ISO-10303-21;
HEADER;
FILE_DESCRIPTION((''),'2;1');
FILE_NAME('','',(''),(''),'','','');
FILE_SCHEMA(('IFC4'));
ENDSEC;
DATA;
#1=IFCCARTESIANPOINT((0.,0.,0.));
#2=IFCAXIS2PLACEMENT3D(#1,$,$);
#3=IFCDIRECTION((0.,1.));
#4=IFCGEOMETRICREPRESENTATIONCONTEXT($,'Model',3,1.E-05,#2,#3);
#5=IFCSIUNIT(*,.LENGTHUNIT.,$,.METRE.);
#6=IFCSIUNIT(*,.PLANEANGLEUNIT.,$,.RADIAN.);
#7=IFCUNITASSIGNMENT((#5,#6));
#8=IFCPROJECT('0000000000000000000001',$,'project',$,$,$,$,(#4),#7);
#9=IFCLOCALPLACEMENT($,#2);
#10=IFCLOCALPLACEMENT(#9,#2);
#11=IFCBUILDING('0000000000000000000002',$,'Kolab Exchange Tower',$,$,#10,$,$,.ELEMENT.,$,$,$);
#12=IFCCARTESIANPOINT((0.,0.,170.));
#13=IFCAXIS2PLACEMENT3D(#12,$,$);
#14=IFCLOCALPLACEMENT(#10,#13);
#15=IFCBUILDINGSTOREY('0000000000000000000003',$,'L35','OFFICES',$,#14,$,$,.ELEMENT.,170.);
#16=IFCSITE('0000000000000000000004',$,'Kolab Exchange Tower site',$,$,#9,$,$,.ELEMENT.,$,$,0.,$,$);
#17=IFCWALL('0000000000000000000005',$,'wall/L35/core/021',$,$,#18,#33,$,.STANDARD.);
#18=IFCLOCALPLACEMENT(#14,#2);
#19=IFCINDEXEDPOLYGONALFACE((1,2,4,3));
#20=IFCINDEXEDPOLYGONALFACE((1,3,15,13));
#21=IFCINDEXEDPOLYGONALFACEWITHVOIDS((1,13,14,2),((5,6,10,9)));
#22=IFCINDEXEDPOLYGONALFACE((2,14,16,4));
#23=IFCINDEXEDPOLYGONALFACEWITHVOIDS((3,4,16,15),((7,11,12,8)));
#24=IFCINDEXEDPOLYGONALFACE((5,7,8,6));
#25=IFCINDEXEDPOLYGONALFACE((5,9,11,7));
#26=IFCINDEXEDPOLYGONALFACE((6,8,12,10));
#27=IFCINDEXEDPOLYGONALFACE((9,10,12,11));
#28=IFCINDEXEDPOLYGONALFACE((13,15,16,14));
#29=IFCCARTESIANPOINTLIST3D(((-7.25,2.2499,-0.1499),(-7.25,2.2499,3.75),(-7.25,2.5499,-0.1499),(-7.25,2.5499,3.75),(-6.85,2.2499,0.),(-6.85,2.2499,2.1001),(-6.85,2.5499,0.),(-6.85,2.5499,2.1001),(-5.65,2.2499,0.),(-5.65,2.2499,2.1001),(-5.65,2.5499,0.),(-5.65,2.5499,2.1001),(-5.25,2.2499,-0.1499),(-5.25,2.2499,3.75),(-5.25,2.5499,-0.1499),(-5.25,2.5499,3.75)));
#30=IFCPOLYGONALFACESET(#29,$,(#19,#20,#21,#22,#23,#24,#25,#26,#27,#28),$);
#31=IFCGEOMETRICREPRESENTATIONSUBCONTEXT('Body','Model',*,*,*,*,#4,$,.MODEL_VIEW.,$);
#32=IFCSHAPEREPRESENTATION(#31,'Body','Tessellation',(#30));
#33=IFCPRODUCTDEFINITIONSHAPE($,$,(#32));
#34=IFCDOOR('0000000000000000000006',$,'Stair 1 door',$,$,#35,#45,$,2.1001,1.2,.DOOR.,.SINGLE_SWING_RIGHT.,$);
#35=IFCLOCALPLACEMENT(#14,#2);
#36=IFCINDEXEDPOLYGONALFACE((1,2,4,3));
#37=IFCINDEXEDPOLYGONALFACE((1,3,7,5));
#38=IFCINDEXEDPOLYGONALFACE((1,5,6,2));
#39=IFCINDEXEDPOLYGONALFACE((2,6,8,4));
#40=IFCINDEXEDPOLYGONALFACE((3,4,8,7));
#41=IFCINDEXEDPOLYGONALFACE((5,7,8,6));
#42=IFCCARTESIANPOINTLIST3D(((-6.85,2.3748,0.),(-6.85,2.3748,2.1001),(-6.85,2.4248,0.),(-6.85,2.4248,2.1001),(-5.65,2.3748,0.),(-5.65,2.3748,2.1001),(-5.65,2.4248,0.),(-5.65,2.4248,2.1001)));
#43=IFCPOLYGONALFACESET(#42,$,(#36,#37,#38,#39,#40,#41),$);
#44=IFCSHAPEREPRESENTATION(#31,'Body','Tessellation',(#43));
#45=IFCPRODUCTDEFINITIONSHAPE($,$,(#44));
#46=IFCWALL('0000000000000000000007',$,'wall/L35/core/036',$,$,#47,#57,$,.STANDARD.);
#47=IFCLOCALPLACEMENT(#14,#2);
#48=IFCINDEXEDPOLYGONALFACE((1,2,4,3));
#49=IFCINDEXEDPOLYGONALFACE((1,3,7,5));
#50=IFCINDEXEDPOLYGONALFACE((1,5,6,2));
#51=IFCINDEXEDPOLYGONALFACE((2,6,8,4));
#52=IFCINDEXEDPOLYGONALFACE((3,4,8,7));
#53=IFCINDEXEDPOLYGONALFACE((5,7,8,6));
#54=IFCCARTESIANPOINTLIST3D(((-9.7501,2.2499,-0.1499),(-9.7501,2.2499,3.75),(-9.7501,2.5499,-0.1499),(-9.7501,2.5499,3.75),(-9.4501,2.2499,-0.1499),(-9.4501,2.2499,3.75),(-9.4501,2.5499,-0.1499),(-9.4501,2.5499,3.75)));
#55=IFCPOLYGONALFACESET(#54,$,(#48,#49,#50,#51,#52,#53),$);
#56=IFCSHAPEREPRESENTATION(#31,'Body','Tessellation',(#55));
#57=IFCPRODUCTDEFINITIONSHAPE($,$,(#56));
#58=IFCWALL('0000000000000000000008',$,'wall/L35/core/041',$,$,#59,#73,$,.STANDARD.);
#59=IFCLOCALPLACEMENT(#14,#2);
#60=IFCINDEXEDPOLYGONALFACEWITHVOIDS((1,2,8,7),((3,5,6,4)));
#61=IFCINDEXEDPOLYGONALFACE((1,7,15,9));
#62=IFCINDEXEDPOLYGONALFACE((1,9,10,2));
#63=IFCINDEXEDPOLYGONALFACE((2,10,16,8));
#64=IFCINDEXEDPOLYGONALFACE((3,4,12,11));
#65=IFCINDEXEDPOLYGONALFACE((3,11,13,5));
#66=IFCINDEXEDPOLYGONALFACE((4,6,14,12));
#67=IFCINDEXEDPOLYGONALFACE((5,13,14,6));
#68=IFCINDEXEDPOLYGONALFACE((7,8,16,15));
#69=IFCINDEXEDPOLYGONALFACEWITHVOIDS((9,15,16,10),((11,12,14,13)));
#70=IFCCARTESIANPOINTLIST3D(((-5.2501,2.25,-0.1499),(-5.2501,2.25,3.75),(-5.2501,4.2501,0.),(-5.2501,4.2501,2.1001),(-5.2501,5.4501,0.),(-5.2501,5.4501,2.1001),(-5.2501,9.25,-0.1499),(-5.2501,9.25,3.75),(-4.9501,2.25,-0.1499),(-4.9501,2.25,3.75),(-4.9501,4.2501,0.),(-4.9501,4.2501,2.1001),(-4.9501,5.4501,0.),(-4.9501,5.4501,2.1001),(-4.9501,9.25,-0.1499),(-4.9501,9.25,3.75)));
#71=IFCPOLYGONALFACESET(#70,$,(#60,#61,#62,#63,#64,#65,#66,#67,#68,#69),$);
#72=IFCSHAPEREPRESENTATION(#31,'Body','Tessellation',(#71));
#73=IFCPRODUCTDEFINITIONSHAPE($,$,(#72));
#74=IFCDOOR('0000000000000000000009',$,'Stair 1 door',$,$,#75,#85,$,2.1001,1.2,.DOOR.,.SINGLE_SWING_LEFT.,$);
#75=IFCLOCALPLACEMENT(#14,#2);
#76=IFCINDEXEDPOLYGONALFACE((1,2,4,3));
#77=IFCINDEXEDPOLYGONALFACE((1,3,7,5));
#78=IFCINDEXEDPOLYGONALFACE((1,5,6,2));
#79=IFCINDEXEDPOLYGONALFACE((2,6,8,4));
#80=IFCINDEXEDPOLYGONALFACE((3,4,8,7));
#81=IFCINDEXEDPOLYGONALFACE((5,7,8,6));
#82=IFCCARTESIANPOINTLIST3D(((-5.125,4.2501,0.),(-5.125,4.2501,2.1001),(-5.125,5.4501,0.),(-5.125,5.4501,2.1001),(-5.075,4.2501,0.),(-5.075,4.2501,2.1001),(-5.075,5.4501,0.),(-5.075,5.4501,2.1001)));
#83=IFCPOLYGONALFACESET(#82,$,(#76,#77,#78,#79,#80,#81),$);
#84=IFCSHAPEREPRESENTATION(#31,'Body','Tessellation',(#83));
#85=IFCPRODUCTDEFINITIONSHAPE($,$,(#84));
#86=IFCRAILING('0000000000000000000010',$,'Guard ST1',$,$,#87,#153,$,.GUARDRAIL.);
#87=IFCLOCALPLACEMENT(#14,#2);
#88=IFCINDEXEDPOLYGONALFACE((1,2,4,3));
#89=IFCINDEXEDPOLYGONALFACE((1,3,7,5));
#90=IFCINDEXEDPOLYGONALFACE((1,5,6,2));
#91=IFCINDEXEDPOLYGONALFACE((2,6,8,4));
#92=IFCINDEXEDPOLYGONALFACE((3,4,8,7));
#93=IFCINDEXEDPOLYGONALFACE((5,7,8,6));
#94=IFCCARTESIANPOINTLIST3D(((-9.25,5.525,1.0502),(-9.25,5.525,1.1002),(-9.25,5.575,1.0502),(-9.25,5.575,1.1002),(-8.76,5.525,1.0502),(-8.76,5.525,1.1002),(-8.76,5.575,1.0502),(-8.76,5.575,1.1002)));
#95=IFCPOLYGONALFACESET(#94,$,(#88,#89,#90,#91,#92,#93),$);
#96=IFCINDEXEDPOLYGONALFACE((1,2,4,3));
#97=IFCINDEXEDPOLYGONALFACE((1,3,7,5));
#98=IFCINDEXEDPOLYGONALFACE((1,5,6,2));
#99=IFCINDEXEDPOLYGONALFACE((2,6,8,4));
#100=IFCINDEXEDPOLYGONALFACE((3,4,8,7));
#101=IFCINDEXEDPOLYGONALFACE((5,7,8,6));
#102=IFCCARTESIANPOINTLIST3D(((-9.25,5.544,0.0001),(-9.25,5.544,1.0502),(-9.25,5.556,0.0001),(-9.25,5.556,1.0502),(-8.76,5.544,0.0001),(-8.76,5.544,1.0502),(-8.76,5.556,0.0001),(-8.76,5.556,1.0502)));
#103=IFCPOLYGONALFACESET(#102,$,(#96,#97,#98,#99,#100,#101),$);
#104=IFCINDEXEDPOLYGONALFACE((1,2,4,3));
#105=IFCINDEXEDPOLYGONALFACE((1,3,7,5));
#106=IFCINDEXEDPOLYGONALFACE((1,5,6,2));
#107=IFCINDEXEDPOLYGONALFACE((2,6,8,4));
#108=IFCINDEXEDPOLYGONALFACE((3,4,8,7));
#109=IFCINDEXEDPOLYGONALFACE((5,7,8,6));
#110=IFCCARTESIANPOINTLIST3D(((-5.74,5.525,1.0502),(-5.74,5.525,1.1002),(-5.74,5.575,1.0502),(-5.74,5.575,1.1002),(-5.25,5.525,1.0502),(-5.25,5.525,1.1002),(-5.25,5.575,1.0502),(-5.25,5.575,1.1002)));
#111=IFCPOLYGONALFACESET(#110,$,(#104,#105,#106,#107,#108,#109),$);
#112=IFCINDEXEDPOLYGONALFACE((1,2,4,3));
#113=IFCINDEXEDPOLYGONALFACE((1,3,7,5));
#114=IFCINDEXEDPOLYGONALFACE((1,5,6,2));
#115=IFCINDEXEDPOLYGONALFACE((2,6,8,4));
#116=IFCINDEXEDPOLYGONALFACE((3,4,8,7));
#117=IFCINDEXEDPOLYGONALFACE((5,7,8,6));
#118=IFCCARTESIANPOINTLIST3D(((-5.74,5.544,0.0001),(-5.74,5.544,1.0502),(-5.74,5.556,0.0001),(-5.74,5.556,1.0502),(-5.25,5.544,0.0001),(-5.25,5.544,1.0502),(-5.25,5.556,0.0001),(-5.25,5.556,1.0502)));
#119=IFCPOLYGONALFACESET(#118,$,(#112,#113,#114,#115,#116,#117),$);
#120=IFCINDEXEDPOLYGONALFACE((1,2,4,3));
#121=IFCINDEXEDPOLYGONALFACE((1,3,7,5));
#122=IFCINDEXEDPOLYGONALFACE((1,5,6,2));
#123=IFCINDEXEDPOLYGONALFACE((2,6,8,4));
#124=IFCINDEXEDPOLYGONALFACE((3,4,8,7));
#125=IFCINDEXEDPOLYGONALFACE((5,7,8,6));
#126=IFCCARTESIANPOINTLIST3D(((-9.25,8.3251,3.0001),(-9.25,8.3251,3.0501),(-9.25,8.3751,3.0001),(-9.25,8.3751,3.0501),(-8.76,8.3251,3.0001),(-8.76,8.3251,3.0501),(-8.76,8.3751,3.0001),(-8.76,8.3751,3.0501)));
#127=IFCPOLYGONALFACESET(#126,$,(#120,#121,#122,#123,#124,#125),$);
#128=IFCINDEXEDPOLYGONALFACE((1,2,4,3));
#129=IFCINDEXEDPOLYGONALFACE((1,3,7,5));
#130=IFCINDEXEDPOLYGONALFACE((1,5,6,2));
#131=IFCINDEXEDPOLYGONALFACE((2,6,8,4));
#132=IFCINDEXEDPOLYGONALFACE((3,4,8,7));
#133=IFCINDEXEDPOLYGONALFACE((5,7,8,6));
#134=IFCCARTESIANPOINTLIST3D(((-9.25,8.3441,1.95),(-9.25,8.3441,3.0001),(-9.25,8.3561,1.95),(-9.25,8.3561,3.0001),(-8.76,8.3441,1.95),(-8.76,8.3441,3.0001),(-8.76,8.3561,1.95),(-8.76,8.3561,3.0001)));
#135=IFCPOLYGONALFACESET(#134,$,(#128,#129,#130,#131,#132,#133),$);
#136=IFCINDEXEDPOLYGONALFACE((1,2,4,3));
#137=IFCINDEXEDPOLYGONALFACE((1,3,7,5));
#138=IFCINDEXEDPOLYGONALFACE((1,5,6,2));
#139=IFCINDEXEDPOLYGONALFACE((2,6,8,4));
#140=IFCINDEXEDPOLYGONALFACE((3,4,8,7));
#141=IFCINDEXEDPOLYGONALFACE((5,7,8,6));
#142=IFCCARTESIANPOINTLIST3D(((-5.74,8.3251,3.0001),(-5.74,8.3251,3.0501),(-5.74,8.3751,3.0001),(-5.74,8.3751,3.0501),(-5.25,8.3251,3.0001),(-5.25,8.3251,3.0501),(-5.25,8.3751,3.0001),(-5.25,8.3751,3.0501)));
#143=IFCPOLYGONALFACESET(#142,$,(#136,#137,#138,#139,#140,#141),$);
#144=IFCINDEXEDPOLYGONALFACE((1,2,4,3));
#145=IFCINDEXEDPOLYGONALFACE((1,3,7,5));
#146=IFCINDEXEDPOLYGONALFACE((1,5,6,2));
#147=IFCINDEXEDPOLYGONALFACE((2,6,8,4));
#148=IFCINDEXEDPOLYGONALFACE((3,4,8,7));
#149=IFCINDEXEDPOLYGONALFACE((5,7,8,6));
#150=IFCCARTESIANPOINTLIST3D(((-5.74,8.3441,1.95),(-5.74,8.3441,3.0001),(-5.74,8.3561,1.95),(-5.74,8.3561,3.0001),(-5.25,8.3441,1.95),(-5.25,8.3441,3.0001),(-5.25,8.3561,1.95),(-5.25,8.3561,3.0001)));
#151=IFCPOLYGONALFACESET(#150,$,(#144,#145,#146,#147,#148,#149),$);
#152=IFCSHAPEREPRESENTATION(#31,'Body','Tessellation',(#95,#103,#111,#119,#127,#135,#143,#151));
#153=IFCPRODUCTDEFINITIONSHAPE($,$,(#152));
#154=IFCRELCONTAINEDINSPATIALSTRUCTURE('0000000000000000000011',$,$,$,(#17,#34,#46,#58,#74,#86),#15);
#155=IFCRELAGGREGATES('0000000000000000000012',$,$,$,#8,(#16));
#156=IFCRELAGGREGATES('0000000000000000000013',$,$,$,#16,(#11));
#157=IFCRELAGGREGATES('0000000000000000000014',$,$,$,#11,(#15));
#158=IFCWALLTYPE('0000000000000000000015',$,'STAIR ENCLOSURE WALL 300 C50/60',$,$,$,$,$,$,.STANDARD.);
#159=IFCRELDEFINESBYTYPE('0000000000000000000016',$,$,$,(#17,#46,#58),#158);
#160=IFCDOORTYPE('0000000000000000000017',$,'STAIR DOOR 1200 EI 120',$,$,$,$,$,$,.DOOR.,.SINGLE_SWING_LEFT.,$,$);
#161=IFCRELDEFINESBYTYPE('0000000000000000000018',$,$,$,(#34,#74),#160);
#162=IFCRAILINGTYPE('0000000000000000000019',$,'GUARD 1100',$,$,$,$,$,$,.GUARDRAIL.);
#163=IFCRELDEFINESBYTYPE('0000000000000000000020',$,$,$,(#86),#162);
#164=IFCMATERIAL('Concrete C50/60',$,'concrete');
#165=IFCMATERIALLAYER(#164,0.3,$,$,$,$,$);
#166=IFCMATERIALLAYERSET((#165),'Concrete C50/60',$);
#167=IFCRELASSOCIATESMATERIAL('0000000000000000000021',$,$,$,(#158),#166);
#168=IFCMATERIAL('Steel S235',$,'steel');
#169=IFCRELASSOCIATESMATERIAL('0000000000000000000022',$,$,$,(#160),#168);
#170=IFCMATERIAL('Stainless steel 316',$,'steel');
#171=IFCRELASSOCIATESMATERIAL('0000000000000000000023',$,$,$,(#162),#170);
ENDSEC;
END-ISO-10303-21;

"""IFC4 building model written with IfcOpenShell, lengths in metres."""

from ifc_helpers import new_model, si_unit, direction, frame, frame_2d, origin, origin_2d, place, context, subcontext, project, spatial, rectangle, extrude, material, layer, layer_set, type_object, element, fill, save


model = new_model("IFC4")

# Units and contexts
model_context = context("Model", 3, precision=1e-05, world=origin(), true_north=direction((0.0, 1.0)))
body_context = subcontext(model_context, "Body", "Model", "MODEL_VIEW")
ifc_project = project(units=[si_unit("LENGTHUNIT", "METRE"), si_unit("PLANEANGLEUNIT", "RADIAN")], contexts=[model_context])

# Site, building, storey
site_placement = place(None, origin())
site = spatial("IfcSite", under=ifc_project, at=site_placement, Name="Kolab Exchange Tower site", CompositionType="ELEMENT", RefElevation=0.0)
building_placement = place(site_placement, origin())
building = spatial("IfcBuilding", under=site, at=building_placement, Name="Kolab Exchange Tower", CompositionType="ELEMENT")
storey_placement = place(building_placement, frame((0.0, 0.0, 170.0)))
storey = spatial("IfcBuildingStorey", under=building, at=storey_placement, Name="L35", Description="OFFICES", CompositionType="ELEMENT", Elevation=170.0)

# Shared definitions
ifc_material_1 = material(Name="Concrete C50/60", Category="concrete")

# Shared definitions
ifc_material_2 = material(Name="Stainless steel 316", Category="steel")
ifc_material_3 = material(Name="Steel S235", Category="steel")

# Shared definitions
ifc_layer_1 = layer(ifc_material_1, 0.3)
ifc_layer_set_1 = layer_set([ifc_layer_1], Name="Concrete C50/60")
wall_type_1 = type_object("IfcWallType", Name="STAIR ENCLOSURE WALL 300 C50/60", PredefinedType="STANDARD", material=ifc_layer_set_1)

# Wall, opening, door
wall_1_placement = place(storey_placement, frame((-7.25, 2.3999, -0.1499), z_axis=(0.0, 0.0, 1.0), x_axis=(1.0, 0.0, 0.0)))
wall_1 = element("IfcWall", 1, at=wall_1_placement, inside=storey, type_object=wall_type_1, Name="wall/L35/core/021", PredefinedType="STANDARD", context=body_context, shape_type="SweptSolid", body=[
    extrude(rectangle(XDim=2.0, YDim=0.3, at=frame_2d((1.0, 0.0))), origin(), (0.0, 0.0, 1.0), 3.8999),
])
opening_1_placement = place(wall_1_placement, frame((0.3999, 0.0, 0.1499)))
opening_1 = element("IfcOpeningElement", 2, at=opening_1_placement, cuts=wall_1, PredefinedType="OPENING", context=body_context, shape_type="SweptSolid", body=[
    extrude(rectangle(XDim=1.2, YDim=2.1001, at=frame_2d((0.6001, 1.05))), frame((0.0, 0.1602, 0.0), z_axis=(0.0, -1.0, 0.0), x_axis=(1.0, 0.0, 0.0)), (0.0, 0.0, 1.0), 0.3201),
])
door_type_1 = type_object("IfcDoorType", Name="STAIR DOOR 1200 EI 120", OperationType="SINGLE_SWING_LEFT", PredefinedType="DOOR", material=ifc_material_3)
door_1_placement = place(opening_1_placement, origin())
door_1 = element("IfcDoor", 3, at=door_1_placement, inside=storey, type_object=door_type_1, Name="Stair 1 door", OperationType="SINGLE_SWING_RIGHT", OverallHeight=2.1001, OverallWidth=1.2, PredefinedType="DOOR", context=body_context, shape_type="SweptSolid", body=[
    extrude(rectangle(XDim=1.2, YDim=2.1001, at=frame_2d((0.6001, 1.05))), frame((0.0, 0.0249, 0.0), z_axis=(0.0, -1.0, 0.0), x_axis=(1.0, 0.0, 0.0)), (0.0, 0.0, 1.0), 0.05),
])
fill(opening_1, door_1)

# Wall
wall_2_placement = place(storey_placement, frame((-9.6001, 2.25, -0.1499), z_axis=(0.0, 0.0, 1.0), x_axis=(0.0, 1.0, 0.0)))
element("IfcWall", 4, at=wall_2_placement, inside=storey, type_object=wall_type_1, Name="wall/L35/core/036", PredefinedType="STANDARD", context=body_context, shape_type="SweptSolid", body=[
    extrude(rectangle(XDim=0.3, YDim=0.3, at=frame_2d((0.1499, 0.0))), origin(), (0.0, 0.0, 1.0), 3.8999),
])

# Wall, opening, door
wall_3_placement = place(storey_placement, frame((-5.1001, 2.25, -0.1499), z_axis=(0.0, 0.0, 1.0), x_axis=(0.0, 1.0, 0.0)))
wall_3 = element("IfcWall", 5, at=wall_3_placement, inside=storey, type_object=wall_type_1, Name="wall/L35/core/041", PredefinedType="STANDARD", context=body_context, shape_type="SweptSolid", body=[
    extrude(rectangle(XDim=7.0, YDim=0.3, at=frame_2d((3.5, 0.0))), origin(), (0.0, 0.0, 1.0), 3.8999),
])
opening_2_placement = place(wall_3_placement, frame((2.0, 0.0, 0.1499)))
opening_2 = element("IfcOpeningElement", 6, at=opening_2_placement, cuts=wall_3, PredefinedType="OPENING", context=body_context, shape_type="SweptSolid", body=[
    extrude(rectangle(XDim=1.2, YDim=2.1001, at=frame_2d((0.6001, 1.05))), frame((0.0, 0.1602, 0.0), z_axis=(0.0, -1.0, 0.0), x_axis=(1.0, 0.0, 0.0)), (0.0, 0.0, 1.0), 0.3201),
])
door_2_placement = place(opening_2_placement, origin())
door_2 = element("IfcDoor", 7, at=door_2_placement, inside=storey, type_object=door_type_1, Name="Stair 1 door", OperationType="SINGLE_SWING_LEFT", OverallHeight=2.1001, OverallWidth=1.2, PredefinedType="DOOR", context=body_context, shape_type="SweptSolid", body=[
    extrude(rectangle(XDim=1.2, YDim=2.1001, at=frame_2d((0.6001, 1.05))), frame((0.0, 0.0249, 0.0), z_axis=(0.0, -1.0, 0.0), x_axis=(1.0, 0.0, 0.0)), (0.0, 0.0, 1.0), 0.05),
])
fill(opening_2, door_2)

# Railing
railing_type = type_object("IfcRailingType", Name="GUARD 1100", PredefinedType="GUARDRAIL", material=ifc_material_2)
railing_placement = place(storey_placement, frame((-9.25, 5.55, 0.0)))
element("IfcRailing", 8, at=railing_placement, inside=storey, type_object=railing_type, Name="Guard ST1", PredefinedType="GUARDRAIL", context=body_context, shape_type="SweptSolid", body=[
    extrude(rectangle(XDim=0.05, YDim=0.05, at=origin_2d()), frame((0.0, 0.0, 1.0752), z_axis=(1.0, 0.0, 0.0), x_axis=(0.0, 1.0, 0.0)), (0.0, 0.0, 1.0), 0.49),
    extrude(rectangle(XDim=0.012, YDim=1.0501, at=frame_2d((0.0, 0.5251))), frame((0.0, 0.0, 0.0), z_axis=(1.0, 0.0, 0.0), x_axis=(0.0, 1.0, 0.0)), (0.0, 0.0, 1.0), 0.49),
    extrude(rectangle(XDim=0.05, YDim=0.05, at=origin_2d()), frame((3.51, 0.0, 1.0752), z_axis=(1.0, 0.0, 0.0), x_axis=(0.0, 1.0, 0.0)), (0.0, 0.0, 1.0), 0.49),
    extrude(rectangle(XDim=0.012, YDim=1.0501, at=frame_2d((0.0, 0.5251))), frame((3.51, 0.0, 0.0), z_axis=(1.0, 0.0, 0.0), x_axis=(0.0, 1.0, 0.0)), (0.0, 0.0, 1.0), 0.49),
    extrude(rectangle(XDim=0.05, YDim=0.05, at=origin_2d()), frame((0.0, 2.8, 3.0251), z_axis=(1.0, 0.0, 0.0), x_axis=(0.0, 1.0, 0.0)), (0.0, 0.0, 1.0), 0.49),
    extrude(rectangle(XDim=0.012, YDim=1.0501, at=frame_2d((0.0, 0.5251))), frame((0.0, 2.8, 1.95), z_axis=(1.0, 0.0, 0.0), x_axis=(0.0, 1.0, 0.0)), (0.0, 0.0, 1.0), 0.49),
    extrude(rectangle(XDim=0.05, YDim=0.05, at=origin_2d()), frame((3.51, 2.8, 3.0251), z_axis=(1.0, 0.0, 0.0), x_axis=(0.0, 1.0, 0.0)), (0.0, 0.0, 1.0), 0.49),
    extrude(rectangle(XDim=0.012, YDim=1.0501, at=frame_2d((0.0, 0.5251))), frame((3.51, 2.8, 1.95), z_axis=(1.0, 0.0, 0.0), x_axis=(0.0, 1.0, 0.0)), (0.0, 0.0, 1.0), 0.49),
])

save(model, "model.ifc")
